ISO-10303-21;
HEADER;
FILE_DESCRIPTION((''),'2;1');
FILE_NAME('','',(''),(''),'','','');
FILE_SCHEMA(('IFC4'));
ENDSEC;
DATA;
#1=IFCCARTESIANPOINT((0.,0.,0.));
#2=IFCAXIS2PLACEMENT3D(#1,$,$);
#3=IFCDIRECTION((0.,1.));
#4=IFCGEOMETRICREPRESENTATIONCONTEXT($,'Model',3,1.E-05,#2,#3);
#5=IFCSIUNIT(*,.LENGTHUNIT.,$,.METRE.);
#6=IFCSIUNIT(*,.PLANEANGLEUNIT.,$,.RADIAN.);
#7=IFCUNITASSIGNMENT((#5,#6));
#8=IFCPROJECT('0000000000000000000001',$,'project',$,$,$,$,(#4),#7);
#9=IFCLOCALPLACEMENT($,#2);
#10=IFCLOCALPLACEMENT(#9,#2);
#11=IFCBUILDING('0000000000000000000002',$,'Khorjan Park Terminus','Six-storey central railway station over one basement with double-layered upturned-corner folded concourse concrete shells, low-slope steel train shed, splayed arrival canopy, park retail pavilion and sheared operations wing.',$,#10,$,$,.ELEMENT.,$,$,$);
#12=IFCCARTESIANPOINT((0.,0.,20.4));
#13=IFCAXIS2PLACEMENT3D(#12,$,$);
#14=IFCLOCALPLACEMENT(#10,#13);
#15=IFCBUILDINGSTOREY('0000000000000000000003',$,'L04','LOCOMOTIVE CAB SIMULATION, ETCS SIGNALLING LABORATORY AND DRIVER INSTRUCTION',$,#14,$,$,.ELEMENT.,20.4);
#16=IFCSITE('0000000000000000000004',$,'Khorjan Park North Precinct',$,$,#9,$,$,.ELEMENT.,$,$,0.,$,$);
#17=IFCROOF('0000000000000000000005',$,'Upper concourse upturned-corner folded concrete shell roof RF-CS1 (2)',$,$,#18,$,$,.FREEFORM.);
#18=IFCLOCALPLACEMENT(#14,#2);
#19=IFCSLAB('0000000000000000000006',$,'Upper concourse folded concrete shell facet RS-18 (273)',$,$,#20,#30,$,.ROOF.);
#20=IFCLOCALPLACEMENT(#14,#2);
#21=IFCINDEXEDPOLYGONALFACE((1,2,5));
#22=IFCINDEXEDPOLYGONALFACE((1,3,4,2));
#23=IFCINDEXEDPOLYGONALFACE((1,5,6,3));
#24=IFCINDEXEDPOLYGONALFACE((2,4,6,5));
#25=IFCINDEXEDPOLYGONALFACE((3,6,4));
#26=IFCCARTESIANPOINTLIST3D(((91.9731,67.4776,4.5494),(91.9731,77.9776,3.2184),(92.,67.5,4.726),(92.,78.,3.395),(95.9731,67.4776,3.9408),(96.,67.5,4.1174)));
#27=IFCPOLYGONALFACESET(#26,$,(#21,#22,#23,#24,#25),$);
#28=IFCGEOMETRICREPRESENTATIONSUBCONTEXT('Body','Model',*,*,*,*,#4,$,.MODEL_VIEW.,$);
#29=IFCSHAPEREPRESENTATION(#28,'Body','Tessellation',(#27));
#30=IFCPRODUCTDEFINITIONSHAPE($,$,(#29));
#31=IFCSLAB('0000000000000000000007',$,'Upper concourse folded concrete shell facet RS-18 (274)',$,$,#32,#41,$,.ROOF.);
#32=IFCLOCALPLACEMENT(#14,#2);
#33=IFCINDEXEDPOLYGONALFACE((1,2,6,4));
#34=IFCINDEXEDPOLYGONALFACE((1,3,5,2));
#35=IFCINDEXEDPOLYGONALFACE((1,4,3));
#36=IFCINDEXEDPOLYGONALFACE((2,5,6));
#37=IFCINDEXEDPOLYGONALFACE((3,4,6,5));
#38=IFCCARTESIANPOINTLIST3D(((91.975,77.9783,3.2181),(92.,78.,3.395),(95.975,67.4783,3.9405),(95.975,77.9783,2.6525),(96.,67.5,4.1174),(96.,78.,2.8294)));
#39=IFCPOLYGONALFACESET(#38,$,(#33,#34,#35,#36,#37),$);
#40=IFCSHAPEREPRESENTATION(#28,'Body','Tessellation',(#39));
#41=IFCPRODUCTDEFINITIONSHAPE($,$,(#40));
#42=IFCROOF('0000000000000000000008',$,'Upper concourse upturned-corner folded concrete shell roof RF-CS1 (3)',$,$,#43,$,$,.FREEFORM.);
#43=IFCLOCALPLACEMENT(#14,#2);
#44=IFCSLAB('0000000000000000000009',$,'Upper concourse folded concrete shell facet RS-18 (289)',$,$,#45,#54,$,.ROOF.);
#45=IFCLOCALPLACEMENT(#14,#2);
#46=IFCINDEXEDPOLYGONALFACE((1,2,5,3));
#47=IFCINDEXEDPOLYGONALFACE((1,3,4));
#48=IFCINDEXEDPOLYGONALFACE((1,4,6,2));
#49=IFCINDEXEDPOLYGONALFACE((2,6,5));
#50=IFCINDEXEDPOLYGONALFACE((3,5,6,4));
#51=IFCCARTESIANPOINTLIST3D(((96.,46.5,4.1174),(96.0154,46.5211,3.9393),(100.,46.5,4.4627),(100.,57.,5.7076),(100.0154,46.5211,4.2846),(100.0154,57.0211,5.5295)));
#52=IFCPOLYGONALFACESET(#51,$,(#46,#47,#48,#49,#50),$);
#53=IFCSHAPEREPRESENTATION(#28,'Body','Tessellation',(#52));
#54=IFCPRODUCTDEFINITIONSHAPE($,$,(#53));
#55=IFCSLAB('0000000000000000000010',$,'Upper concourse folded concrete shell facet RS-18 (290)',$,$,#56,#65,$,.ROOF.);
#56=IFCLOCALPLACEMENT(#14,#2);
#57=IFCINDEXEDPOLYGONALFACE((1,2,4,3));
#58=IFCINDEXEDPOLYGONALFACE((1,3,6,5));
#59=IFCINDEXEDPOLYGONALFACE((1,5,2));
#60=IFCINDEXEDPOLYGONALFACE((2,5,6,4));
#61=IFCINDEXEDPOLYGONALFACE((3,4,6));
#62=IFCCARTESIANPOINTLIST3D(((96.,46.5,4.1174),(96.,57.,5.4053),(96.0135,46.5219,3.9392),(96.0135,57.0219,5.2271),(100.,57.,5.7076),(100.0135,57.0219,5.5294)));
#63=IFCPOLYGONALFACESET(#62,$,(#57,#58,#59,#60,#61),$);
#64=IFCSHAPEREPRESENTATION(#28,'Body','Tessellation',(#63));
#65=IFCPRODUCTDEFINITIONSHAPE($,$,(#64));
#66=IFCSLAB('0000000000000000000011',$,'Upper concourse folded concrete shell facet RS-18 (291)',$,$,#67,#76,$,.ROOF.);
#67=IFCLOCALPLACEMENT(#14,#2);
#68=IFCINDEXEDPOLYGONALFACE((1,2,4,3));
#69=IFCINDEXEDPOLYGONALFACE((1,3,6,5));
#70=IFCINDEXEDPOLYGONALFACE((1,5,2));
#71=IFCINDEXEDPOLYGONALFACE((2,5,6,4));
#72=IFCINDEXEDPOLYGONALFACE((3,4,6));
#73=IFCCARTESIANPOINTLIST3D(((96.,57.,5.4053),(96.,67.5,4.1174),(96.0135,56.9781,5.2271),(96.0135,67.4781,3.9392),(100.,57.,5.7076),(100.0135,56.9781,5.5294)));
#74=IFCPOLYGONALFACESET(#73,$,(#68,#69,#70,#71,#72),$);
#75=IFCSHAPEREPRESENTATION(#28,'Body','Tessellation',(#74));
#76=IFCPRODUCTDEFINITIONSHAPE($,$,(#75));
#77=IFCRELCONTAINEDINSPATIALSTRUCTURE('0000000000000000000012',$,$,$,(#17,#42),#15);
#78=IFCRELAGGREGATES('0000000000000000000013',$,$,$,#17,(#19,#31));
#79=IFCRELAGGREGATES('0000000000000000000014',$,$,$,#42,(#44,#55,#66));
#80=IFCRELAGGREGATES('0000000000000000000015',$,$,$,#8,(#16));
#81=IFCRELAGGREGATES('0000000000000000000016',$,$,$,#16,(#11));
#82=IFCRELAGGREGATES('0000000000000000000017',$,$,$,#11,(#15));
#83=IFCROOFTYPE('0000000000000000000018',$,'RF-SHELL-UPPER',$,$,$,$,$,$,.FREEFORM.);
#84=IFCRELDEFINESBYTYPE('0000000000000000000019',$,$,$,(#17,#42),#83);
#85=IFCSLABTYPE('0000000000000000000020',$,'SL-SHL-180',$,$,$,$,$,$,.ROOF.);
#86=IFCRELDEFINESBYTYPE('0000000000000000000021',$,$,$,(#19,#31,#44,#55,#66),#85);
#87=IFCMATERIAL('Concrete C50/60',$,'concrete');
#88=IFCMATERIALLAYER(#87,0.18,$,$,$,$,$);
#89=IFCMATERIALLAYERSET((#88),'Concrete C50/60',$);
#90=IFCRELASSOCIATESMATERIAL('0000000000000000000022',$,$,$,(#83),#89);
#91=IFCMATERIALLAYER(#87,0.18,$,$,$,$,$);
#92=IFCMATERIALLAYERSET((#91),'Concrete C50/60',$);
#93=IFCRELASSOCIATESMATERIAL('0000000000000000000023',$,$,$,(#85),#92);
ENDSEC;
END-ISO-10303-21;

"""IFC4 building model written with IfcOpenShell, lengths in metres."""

from ifc_helpers import new_model, si_unit, direction, frame, origin, place, context, subcontext, project, spatial, polyline, outline, extrude, material, layer, layer_set, type_object, element, aggregate, save


model = new_model("IFC4")

# Units and contexts
model_context = context("Model", 3, precision=1e-05, world=origin(), true_north=direction((0.0, 1.0)))
body_context = subcontext(model_context, "Body", "Model", "MODEL_VIEW")
ifc_project = project(units=[si_unit("LENGTHUNIT", "METRE"), si_unit("PLANEANGLEUNIT", "RADIAN")], contexts=[model_context])

# Site, building, storey
site_placement = place(None, origin())
site = spatial("IfcSite", under=ifc_project, at=site_placement, Name="Khorjan Park North Precinct", CompositionType="ELEMENT", RefElevation=0.0)
building_placement = place(site_placement, origin())
building = spatial("IfcBuilding", under=site, at=building_placement, Name="Khorjan Park Terminus", Description="Six-storey central railway station over one basement with double-layered upturned-corner folded concourse concrete shells, low-slope steel train shed, splayed arrival canopy, park retail pavilion and sheared operations wing.", CompositionType="ELEMENT")
storey_placement = place(building_placement, frame((0.0, 0.0, 20.4)))
storey = spatial("IfcBuildingStorey", under=building, at=storey_placement, Name="L04", Description="LOCOMOTIVE CAB SIMULATION, ETCS SIGNALLING LABORATORY AND DRIVER INSTRUCTION", CompositionType="ELEMENT", Elevation=20.4)

# Roofs, slabs
ifc_material = material(Name="Concrete C50/60", Category="concrete")
ifc_layer_1 = layer(ifc_material, 0.18)
ifc_layer_set_1 = layer_set([ifc_layer_1], Name="Concrete C50/60")
roof_type = type_object("IfcRoofType", Name="RF-SHELL-UPPER", PredefinedType="FREEFORM", material=ifc_layer_set_1)
roof_1_placement = place(storey_placement, origin())
roof_1 = element("IfcRoof", 1, at=roof_1_placement, inside=storey, type_object=roof_type, Name="Upper concourse upturned-corner folded concrete shell roof RF-CS1 (2)", PredefinedType="FREEFORM")
ifc_layer_2 = layer(ifc_material, 0.18)
ifc_layer_set_2 = layer_set([ifc_layer_2], Name="Concrete C50/60")
slab_type = type_object("IfcSlabType", Name="SL-SHL-180", PredefinedType="ROOF", material=ifc_layer_set_2)
slab_1_placement = place(storey_placement, frame((92.0, 67.5, 4.726), z_axis=(0.149251, 0.124347, 0.980949), x_axis=(0.988622, 0.0, -0.150419)))
slab_1 = element("IfcSlab", 2, at=slab_1_placement, type_object=slab_type, Name="Upper concourse folded concrete shell facet RS-18 (273)", PredefinedType="ROOF", context=body_context, shape_type="SweptSolid", body=[
    extrude(outline(polyline([(0.0, 0.0), (4.046, 0.0), (0.2002, 10.5821), (0.0, 0.0)])), origin(), (0.0, 0.0, -1.0), 0.18),
])
slab_2_placement = place(storey_placement, frame((96.0, 67.5, 4.1174), z_axis=(0.138986, 0.120572, 0.982927), x_axis=(0.0, 0.99256, -0.121754)))
slab_2 = element("IfcSlab", 3, at=slab_2_placement, type_object=slab_type, Name="Upper concourse folded concrete shell facet RS-18 (274)", PredefinedType="ROOF", context=body_context, shape_type="SweptSolid", body=[
    extrude(outline(polyline([(0.0, 0.0), (10.5787, 0.0), (10.5098, 4.0392), (0.0, 0.0)])), origin(), (0.0, 0.0, -1.0), 0.18),
])
aggregate(roof_1, [slab_1, slab_2])
roof_2_placement = place(storey_placement, origin())
roof_2 = element("IfcRoof", 4, at=roof_2_placement, inside=storey, type_object=roof_type, Name="Upper concourse upturned-corner folded concrete shell roof RF-CS1 (3)", PredefinedType="FREEFORM")
slab_3_placement = place(storey_placement, frame((96.0, 46.5, 4.1174), z_axis=(-0.085411, -0.117307, 0.989416), x_axis=(0.996295, 0.0, 0.086005)))
slab_3 = element("IfcSlab", 5, at=slab_3_placement, type_object=slab_type, Name="Upper concourse folded concrete shell facet RS-18 (289)", PredefinedType="ROOF", context=body_context, shape_type="SweptSolid", body=[
    extrude(outline(polyline([(0.0, 0.0), (4.0149, 0.0), (4.1219, 10.573), (0.0, 0.0)])), origin(), (0.0, 0.0, -1.0), 0.18),
])
slab_4_placement = place(storey_placement, frame((96.0, 46.5, 4.1174), z_axis=(-0.074803, -0.121404, 0.989781), x_axis=(0.352483, 0.925267, 0.14013)))
slab_4 = element("IfcSlab", 6, at=slab_4_placement, type_object=slab_type, Name="Upper concourse folded concrete shell facet RS-18 (290)", PredefinedType="ROOF", context=body_context, shape_type="SweptSolid", body=[
    extrude(outline(polyline([(0.0, 0.0), (11.3481, 0.0), (9.8958, 3.7393), (0.0, 0.0)])), origin(), (0.0, 0.0, -1.0), 0.18),
])
slab_5_placement = place(storey_placement, frame((96.0, 57.0, 5.4053), z_axis=(-0.074803, 0.121404, 0.989781), x_axis=(0.997156, 0.0, 0.07536)))
slab_5 = element("IfcSlab", 7, at=slab_5_placement, type_object=slab_type, Name="Upper concourse folded concrete shell facet RS-18 (291)", PredefinedType="ROOF", context=body_context, shape_type="SweptSolid", body=[
    extrude(outline(polyline([(0.0, 0.0), (4.0114, 0.0), (-0.0971, 10.5782), (0.0, 0.0)])), origin(), (0.0, 0.0, -1.0), 0.18),
])
aggregate(roof_2, [slab_3, slab_4, slab_5])

save(model, "model.ifc")
